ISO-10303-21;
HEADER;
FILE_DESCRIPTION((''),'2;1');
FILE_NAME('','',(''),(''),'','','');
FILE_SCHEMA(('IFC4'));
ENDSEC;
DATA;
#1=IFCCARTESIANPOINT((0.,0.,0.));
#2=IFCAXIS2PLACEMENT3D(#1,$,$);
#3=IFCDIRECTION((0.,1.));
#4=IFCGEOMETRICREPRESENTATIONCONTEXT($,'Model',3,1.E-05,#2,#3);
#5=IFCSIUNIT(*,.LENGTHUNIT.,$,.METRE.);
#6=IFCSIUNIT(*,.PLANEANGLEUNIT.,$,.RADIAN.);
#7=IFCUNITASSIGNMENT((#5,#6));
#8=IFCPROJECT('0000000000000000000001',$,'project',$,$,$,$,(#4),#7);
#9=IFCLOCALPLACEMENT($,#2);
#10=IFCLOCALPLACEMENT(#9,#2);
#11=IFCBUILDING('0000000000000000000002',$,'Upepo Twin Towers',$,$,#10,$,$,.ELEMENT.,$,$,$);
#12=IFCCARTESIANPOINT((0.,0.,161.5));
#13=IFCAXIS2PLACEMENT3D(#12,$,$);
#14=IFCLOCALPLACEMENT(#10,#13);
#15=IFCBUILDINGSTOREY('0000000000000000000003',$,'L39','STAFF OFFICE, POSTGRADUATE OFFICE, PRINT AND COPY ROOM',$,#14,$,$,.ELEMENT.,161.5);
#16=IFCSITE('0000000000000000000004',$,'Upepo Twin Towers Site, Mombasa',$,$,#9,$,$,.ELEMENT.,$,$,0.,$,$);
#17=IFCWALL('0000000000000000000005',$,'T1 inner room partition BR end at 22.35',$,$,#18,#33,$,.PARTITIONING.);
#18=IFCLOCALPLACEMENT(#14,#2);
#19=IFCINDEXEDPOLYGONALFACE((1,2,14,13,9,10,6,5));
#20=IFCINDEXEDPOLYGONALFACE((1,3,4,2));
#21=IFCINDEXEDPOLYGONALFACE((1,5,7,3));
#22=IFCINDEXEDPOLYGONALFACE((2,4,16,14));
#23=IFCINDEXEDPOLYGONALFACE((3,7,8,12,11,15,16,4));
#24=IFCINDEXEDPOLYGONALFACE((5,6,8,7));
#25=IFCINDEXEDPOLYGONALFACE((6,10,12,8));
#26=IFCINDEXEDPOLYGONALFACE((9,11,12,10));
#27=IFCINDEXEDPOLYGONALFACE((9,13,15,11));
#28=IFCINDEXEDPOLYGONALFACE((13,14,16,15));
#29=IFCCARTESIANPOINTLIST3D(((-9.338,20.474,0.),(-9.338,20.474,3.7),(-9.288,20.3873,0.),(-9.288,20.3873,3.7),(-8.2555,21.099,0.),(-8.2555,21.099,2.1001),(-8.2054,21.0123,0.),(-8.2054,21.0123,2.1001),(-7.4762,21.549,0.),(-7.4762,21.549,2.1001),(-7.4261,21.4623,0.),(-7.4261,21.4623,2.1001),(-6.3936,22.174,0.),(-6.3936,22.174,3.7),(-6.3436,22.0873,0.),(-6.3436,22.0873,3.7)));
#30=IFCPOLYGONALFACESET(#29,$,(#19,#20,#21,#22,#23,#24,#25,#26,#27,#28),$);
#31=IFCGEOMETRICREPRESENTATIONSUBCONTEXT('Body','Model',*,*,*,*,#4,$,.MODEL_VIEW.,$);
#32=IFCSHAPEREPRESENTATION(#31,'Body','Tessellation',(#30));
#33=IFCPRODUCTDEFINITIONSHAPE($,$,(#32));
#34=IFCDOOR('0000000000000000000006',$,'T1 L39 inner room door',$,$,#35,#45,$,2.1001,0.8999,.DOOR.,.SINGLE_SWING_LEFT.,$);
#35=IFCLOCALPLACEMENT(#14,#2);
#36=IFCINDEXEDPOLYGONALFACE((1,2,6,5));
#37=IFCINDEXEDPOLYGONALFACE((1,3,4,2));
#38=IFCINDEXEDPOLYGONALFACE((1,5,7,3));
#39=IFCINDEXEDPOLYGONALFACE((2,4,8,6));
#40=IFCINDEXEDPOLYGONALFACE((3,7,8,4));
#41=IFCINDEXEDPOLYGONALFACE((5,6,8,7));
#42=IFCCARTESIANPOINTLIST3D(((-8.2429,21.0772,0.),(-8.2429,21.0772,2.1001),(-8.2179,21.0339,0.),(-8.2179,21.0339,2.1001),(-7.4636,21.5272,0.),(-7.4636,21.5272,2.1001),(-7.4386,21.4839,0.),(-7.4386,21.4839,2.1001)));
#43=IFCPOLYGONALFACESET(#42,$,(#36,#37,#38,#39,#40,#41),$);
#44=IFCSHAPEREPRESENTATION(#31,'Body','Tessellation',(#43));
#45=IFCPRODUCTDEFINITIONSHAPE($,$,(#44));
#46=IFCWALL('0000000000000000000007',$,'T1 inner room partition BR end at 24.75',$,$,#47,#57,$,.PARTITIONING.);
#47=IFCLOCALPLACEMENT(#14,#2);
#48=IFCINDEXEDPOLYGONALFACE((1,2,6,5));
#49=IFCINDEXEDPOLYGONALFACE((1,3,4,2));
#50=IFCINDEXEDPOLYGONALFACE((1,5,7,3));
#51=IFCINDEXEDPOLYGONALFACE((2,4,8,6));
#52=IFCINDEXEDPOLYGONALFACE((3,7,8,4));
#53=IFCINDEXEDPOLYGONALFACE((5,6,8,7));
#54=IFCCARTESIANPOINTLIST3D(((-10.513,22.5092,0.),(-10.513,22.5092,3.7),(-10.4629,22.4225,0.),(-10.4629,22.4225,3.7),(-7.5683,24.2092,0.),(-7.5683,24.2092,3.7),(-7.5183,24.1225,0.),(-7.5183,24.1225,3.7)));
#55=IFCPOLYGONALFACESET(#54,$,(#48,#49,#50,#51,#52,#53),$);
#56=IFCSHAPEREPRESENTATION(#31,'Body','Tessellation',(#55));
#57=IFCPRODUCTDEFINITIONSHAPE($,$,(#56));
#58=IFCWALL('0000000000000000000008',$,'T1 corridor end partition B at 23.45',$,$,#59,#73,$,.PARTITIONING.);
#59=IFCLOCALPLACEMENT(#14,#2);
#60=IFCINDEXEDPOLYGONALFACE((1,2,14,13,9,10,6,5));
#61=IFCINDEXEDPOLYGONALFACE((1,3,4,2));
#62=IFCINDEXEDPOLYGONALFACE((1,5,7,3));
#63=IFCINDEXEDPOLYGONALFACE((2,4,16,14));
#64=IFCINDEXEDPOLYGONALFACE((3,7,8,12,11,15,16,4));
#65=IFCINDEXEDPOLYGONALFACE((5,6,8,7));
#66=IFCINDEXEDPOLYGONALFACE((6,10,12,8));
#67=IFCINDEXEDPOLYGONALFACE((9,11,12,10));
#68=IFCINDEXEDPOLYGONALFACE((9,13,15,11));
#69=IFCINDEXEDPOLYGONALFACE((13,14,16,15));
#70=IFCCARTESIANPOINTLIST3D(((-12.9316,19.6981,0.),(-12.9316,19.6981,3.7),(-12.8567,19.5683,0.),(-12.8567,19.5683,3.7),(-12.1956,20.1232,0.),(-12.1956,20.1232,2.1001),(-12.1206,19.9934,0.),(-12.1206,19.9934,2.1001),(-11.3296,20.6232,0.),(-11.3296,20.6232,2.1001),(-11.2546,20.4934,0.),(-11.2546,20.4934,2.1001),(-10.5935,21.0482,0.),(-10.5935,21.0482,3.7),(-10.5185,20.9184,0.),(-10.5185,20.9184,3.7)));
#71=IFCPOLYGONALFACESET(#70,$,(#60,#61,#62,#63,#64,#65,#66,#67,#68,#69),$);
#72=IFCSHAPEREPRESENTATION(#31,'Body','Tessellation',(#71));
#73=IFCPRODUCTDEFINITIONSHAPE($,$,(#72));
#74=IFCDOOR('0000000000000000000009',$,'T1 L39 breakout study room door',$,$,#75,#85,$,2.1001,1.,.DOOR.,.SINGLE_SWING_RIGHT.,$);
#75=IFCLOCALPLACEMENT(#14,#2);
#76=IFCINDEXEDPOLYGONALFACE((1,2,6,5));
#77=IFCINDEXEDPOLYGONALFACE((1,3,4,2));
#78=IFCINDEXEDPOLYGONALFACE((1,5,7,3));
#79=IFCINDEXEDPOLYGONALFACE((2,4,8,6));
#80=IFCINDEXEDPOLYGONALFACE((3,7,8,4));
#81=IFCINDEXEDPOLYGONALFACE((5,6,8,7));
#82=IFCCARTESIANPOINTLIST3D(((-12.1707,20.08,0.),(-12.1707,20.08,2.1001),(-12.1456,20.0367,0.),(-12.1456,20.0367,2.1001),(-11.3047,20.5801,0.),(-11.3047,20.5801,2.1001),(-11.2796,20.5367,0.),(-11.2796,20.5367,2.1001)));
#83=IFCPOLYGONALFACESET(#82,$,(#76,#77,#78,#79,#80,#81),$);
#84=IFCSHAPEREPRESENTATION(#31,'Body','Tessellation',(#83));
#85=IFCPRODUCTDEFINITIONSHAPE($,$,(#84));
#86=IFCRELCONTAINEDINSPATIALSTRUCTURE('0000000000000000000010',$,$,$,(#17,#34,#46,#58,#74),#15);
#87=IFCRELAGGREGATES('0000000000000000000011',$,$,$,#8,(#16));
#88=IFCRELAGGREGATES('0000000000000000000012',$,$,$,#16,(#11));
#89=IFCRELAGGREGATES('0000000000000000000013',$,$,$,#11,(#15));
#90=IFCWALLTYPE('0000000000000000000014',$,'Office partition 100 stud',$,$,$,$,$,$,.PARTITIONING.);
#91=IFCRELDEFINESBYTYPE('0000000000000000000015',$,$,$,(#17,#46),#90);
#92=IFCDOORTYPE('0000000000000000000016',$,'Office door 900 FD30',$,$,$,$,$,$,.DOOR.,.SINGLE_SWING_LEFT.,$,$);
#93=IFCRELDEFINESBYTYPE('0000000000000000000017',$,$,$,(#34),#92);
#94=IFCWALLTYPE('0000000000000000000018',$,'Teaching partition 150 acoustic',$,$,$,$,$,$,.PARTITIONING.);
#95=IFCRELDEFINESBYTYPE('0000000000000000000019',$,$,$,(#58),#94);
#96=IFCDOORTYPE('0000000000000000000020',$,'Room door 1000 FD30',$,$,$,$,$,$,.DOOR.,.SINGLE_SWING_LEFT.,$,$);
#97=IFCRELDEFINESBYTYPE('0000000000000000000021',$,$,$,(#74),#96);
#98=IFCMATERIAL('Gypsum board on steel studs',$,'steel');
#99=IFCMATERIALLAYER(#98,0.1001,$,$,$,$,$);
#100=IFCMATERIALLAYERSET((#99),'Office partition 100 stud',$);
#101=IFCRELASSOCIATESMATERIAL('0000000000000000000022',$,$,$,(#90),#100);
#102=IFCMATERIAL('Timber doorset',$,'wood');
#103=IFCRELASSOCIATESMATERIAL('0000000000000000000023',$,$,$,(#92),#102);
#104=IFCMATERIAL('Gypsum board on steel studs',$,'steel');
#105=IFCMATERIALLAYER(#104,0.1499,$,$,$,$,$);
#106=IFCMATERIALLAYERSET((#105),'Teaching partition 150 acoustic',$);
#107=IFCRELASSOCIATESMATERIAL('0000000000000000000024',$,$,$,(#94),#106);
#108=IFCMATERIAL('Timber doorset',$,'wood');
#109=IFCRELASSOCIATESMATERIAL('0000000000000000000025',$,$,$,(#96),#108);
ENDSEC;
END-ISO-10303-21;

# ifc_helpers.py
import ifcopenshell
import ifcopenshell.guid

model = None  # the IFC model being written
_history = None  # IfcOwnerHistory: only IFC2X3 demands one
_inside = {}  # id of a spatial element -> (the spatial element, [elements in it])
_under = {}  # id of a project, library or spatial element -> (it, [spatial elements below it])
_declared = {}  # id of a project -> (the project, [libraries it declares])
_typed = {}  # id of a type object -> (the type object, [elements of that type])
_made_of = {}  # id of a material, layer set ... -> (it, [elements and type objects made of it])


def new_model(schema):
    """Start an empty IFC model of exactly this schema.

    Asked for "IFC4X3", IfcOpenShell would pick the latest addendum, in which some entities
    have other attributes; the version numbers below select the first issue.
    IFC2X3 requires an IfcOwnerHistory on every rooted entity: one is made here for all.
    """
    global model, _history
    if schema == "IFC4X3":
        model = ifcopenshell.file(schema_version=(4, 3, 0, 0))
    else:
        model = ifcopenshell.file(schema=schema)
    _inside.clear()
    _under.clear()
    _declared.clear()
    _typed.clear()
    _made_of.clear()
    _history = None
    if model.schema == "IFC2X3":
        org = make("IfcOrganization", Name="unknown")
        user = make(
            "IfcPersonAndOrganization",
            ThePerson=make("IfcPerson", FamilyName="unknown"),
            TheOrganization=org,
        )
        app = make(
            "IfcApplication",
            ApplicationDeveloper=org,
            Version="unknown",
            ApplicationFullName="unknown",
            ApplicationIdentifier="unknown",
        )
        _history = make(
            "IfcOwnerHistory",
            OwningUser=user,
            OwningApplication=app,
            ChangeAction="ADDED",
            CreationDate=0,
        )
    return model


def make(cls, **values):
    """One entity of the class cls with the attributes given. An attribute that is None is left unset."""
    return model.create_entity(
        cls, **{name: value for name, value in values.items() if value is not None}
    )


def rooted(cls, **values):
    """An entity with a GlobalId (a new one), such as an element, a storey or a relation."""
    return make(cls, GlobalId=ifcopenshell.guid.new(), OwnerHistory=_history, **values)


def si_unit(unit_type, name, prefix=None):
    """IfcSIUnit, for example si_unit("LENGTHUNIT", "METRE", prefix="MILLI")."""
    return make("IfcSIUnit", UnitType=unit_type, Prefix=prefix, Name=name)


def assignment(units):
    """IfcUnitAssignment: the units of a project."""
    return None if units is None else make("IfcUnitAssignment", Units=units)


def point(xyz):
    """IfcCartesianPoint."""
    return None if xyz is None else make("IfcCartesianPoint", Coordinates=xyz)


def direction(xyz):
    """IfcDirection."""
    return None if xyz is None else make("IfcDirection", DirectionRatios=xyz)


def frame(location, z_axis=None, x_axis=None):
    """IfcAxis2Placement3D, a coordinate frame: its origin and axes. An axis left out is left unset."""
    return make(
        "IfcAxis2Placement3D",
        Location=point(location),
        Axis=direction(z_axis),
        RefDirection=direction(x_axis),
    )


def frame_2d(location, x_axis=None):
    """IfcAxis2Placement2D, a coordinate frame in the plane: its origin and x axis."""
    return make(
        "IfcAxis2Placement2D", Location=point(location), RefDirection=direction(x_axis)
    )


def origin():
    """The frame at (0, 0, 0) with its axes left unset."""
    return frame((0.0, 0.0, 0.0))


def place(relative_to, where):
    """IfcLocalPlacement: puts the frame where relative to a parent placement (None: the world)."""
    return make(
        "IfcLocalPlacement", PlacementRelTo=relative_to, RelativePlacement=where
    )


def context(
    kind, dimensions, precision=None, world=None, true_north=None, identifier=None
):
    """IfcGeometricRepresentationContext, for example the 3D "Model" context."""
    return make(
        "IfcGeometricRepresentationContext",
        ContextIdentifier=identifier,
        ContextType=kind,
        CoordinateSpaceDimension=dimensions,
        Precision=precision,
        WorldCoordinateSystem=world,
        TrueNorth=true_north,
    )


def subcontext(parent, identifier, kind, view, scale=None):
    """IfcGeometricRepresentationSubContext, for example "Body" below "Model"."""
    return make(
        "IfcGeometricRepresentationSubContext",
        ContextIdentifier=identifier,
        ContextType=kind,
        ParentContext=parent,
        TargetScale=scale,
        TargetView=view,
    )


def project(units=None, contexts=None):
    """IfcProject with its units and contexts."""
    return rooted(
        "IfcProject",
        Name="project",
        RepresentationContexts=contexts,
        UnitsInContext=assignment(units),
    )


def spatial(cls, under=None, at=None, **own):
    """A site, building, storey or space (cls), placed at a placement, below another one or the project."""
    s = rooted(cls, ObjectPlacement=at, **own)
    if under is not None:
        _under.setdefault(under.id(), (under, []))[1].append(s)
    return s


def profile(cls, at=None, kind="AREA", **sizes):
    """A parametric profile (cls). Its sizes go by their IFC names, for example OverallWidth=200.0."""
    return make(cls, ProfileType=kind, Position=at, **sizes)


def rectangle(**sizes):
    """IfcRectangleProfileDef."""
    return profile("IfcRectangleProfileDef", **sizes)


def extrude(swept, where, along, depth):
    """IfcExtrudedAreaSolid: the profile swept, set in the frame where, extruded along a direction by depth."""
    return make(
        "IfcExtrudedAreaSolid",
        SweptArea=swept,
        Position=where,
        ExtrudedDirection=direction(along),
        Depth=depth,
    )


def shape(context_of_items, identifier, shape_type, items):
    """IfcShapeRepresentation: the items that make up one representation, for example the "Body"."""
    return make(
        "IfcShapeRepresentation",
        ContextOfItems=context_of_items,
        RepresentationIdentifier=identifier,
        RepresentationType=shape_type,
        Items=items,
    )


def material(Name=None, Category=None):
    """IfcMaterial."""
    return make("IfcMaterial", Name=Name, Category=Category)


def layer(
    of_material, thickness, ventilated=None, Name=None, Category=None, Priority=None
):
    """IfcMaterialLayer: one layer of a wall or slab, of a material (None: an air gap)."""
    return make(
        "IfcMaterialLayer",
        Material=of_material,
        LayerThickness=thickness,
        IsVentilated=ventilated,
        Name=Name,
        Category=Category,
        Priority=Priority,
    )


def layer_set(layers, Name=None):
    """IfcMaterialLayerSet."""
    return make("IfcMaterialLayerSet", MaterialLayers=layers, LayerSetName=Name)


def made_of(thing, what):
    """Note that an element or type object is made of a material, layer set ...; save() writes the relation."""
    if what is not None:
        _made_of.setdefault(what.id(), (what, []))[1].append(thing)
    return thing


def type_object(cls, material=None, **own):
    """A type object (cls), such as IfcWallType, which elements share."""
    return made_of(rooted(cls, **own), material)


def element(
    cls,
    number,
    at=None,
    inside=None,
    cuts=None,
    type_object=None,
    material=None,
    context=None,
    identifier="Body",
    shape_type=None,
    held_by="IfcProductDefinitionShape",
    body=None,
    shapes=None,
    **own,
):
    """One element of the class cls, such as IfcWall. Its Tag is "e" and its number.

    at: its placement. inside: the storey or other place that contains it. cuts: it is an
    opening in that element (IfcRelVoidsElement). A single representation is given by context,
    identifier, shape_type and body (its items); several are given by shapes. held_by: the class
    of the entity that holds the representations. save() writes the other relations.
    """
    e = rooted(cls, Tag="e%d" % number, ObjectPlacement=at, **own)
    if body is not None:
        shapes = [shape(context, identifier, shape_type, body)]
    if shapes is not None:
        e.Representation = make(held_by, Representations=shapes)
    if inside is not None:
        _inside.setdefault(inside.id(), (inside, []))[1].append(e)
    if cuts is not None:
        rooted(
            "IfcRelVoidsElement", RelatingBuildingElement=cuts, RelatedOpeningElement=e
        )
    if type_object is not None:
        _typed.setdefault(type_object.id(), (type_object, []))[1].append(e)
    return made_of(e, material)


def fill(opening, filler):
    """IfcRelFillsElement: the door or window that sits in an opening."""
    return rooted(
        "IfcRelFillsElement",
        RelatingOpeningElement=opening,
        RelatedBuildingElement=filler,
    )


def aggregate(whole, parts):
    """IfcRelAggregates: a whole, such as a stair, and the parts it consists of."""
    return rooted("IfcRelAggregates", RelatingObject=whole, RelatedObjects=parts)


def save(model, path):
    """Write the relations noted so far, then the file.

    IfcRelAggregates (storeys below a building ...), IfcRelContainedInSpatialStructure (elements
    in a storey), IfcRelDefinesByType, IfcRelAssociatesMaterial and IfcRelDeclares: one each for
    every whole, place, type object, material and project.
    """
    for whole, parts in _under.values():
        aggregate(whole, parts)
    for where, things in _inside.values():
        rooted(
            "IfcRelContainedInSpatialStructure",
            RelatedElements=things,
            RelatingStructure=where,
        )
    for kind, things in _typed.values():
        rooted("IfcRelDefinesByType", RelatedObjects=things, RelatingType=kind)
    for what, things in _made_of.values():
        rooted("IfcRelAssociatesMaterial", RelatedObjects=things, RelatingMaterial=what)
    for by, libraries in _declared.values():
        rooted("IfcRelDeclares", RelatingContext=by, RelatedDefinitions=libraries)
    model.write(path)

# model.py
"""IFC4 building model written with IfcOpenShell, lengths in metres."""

from ifc_helpers import new_model, si_unit, direction, frame, frame_2d, origin, place, context, subcontext, project, spatial, rectangle, extrude, material, layer, layer_set, type_object, element, fill, save


model = new_model("IFC4")

# Units and contexts
model_context = context("Model", 3, precision=1e-05, world=origin(), true_north=direction((0.0, 1.0)))
body_context = subcontext(model_context, "Body", "Model", "MODEL_VIEW")
ifc_project = project(units=[si_unit("LENGTHUNIT", "METRE"), si_unit("PLANEANGLEUNIT", "RADIAN")], contexts=[model_context])

# Site, building, storey
site_placement = place(None, origin())
site = spatial("IfcSite", under=ifc_project, at=site_placement, Name="Upepo Twin Towers Site, Mombasa", CompositionType="ELEMENT", RefElevation=0.0)
building_placement = place(site_placement, origin())
building = spatial("IfcBuilding", under=site, at=building_placement, Name="Upepo Twin Towers", CompositionType="ELEMENT")
storey_placement = place(building_placement, frame((0.0, 0.0, 161.5)))
storey = spatial("IfcBuildingStorey", under=building, at=storey_placement, Name="L39", Description="STAFF OFFICE, POSTGRADUATE OFFICE, PRINT AND COPY ROOM", CompositionType="ELEMENT", Elevation=161.5)

# Shared definitions
ifc_material_1 = material(Name="Gypsum board on steel studs", Category="steel")
ifc_layer_1 = layer(ifc_material_1, 0.1001)
ifc_layer_set_1 = layer_set([ifc_layer_1], Name="Office partition 100 stud")
wall_type_1 = type_object("IfcWallType", Name="Office partition 100 stud", PredefinedType="PARTITIONING", material=ifc_layer_set_1)
ifc_material_2 = material(Name="Timber doorset", Category="wood")
door_type_1 = type_object("IfcDoorType", Name="Office door 900 FD30", OperationType="SINGLE_SWING_LEFT", PredefinedType="DOOR", material=ifc_material_2)

# Wall, opening, door
wall_1_placement = place(storey_placement, frame((-9.313, 20.4307, 0.0), z_axis=(0.0, 0.0, 1.0), x_axis=(0.866021, 0.500008, 0.0)))
wall_1 = element("IfcWall", 1, at=wall_1_placement, inside=storey, type_object=wall_type_1, Name="T1 inner room partition BR end at 22.35", PredefinedType="PARTITIONING", context=body_context, shape_type="SweptSolid", body=[
    extrude(rectangle(XDim=3.3999, YDim=0.1001, at=frame_2d((1.7, 0.0))), origin(), (0.0, 0.0, 1.0), 3.7),
])
opening_1_placement = place(wall_1_placement, frame((1.25, 0.0, 0.0)))
opening_1 = element("IfcOpeningElement", 2, at=opening_1_placement, cuts=wall_1, PredefinedType="OPENING", context=body_context, shape_type="SweptSolid", body=[
    extrude(rectangle(XDim=0.8999, YDim=2.1001, at=frame_2d((0.45, 1.05))), frame((0.0, 0.0601, 0.0), z_axis=(0.0, -1.0, 0.0), x_axis=(1.0, 0.0, 0.0)), (0.0, 0.0, 1.0), 0.1201),
])
door_1_placement = place(opening_1_placement, origin())
door_1 = element("IfcDoor", 3, at=door_1_placement, inside=storey, type_object=door_type_1, Name="T1 L39 inner room door", OperationType="SINGLE_SWING_LEFT", OverallHeight=2.1001, OverallWidth=0.8999, PredefinedType="DOOR", context=body_context, shape_type="SweptSolid", body=[
    extrude(rectangle(XDim=0.8999, YDim=2.1001, at=frame_2d((0.45, 1.05))), frame((0.0, 0.0249, 0.0), z_axis=(0.0, -1.0, 0.0), x_axis=(1.0, 0.0, 0.0)), (0.0, 0.0, 1.0), 0.05),
])
fill(opening_1, door_1)

# Wall
wall_2_placement = place(storey_placement, frame((-10.488, 22.4658, 0.0), z_axis=(0.0, 0.0, 1.0), x_axis=(0.866039, 0.499977, 0.0)))
element("IfcWall", 4, at=wall_2_placement, inside=storey, type_object=wall_type_1, Name="T1 inner room partition BR end at 24.75", PredefinedType="PARTITIONING", context=body_context, shape_type="SweptSolid", body=[
    extrude(rectangle(XDim=3.4001, YDim=0.1001, at=frame_2d((1.7002, 0.0))), origin(), (0.0, 0.0, 1.0), 3.7),
])

# Wall, opening, door
ifc_material_3 = material(Name="Gypsum board on steel studs", Category="steel")
ifc_layer_2 = layer(ifc_material_3, 0.1499)
ifc_layer_set_2 = layer_set([ifc_layer_2], Name="Teaching partition 150 acoustic")
wall_type_2 = type_object("IfcWallType", Name="Teaching partition 150 acoustic", PredefinedType="PARTITIONING", material=ifc_layer_set_2)
wall_3_placement = place(storey_placement, frame((-10.5559, 20.9834, 0.0), z_axis=(0.0, 0.0, 1.0), x_axis=(-0.865997, -0.500049, 0.0)))
wall_3 = element("IfcWall", 5, at=wall_3_placement, inside=storey, type_object=wall_type_2, Name="T1 corridor end partition B at 23.45", PredefinedType="PARTITIONING", context=body_context, shape_type="SweptSolid", body=[
    extrude(rectangle(XDim=2.7, YDim=0.1499, at=frame_2d((1.3501, 0.0))), origin(), (0.0, 0.0, 1.0), 3.7),
])
opening_2_placement = place(wall_3_placement, frame((0.8501, 0.0, 0.0)))
opening_2 = element("IfcOpeningElement", 6, at=opening_2_placement, cuts=wall_3, PredefinedType="OPENING", context=body_context, shape_type="SweptSolid", body=[
    extrude(rectangle(XDim=1.0, YDim=2.1001, at=frame_2d((0.5, 1.05))), frame((0.0, 0.085, 0.0), z_axis=(0.0, -1.0, 0.0), x_axis=(1.0, 0.0, 0.0)), (0.0, 0.0, 1.0), 0.1699),
])
ifc_material_4 = material(Name="Timber doorset", Category="wood")
door_type_2 = type_object("IfcDoorType", Name="Room door 1000 FD30", OperationType="SINGLE_SWING_LEFT", PredefinedType="DOOR", material=ifc_material_4)
door_2_placement = place(opening_2_placement, origin())
door_2 = element("IfcDoor", 7, at=door_2_placement, inside=storey, type_object=door_type_2, Name="T1 L39 breakout study room door", OperationType="SINGLE_SWING_RIGHT", OverallHeight=2.1001, OverallWidth=1.0, PredefinedType="DOOR", context=body_context, shape_type="SweptSolid", body=[
    extrude(rectangle(XDim=1.0, YDim=2.1001, at=frame_2d((0.5, 1.05))), frame((0.0, 0.0249, 0.0), z_axis=(0.0, -1.0, 0.0), x_axis=(1.0, 0.0, 0.0)), (0.0, 0.0, 1.0), 0.05),
])
fill(opening_2, door_2)

save(model, "model.ifc")
